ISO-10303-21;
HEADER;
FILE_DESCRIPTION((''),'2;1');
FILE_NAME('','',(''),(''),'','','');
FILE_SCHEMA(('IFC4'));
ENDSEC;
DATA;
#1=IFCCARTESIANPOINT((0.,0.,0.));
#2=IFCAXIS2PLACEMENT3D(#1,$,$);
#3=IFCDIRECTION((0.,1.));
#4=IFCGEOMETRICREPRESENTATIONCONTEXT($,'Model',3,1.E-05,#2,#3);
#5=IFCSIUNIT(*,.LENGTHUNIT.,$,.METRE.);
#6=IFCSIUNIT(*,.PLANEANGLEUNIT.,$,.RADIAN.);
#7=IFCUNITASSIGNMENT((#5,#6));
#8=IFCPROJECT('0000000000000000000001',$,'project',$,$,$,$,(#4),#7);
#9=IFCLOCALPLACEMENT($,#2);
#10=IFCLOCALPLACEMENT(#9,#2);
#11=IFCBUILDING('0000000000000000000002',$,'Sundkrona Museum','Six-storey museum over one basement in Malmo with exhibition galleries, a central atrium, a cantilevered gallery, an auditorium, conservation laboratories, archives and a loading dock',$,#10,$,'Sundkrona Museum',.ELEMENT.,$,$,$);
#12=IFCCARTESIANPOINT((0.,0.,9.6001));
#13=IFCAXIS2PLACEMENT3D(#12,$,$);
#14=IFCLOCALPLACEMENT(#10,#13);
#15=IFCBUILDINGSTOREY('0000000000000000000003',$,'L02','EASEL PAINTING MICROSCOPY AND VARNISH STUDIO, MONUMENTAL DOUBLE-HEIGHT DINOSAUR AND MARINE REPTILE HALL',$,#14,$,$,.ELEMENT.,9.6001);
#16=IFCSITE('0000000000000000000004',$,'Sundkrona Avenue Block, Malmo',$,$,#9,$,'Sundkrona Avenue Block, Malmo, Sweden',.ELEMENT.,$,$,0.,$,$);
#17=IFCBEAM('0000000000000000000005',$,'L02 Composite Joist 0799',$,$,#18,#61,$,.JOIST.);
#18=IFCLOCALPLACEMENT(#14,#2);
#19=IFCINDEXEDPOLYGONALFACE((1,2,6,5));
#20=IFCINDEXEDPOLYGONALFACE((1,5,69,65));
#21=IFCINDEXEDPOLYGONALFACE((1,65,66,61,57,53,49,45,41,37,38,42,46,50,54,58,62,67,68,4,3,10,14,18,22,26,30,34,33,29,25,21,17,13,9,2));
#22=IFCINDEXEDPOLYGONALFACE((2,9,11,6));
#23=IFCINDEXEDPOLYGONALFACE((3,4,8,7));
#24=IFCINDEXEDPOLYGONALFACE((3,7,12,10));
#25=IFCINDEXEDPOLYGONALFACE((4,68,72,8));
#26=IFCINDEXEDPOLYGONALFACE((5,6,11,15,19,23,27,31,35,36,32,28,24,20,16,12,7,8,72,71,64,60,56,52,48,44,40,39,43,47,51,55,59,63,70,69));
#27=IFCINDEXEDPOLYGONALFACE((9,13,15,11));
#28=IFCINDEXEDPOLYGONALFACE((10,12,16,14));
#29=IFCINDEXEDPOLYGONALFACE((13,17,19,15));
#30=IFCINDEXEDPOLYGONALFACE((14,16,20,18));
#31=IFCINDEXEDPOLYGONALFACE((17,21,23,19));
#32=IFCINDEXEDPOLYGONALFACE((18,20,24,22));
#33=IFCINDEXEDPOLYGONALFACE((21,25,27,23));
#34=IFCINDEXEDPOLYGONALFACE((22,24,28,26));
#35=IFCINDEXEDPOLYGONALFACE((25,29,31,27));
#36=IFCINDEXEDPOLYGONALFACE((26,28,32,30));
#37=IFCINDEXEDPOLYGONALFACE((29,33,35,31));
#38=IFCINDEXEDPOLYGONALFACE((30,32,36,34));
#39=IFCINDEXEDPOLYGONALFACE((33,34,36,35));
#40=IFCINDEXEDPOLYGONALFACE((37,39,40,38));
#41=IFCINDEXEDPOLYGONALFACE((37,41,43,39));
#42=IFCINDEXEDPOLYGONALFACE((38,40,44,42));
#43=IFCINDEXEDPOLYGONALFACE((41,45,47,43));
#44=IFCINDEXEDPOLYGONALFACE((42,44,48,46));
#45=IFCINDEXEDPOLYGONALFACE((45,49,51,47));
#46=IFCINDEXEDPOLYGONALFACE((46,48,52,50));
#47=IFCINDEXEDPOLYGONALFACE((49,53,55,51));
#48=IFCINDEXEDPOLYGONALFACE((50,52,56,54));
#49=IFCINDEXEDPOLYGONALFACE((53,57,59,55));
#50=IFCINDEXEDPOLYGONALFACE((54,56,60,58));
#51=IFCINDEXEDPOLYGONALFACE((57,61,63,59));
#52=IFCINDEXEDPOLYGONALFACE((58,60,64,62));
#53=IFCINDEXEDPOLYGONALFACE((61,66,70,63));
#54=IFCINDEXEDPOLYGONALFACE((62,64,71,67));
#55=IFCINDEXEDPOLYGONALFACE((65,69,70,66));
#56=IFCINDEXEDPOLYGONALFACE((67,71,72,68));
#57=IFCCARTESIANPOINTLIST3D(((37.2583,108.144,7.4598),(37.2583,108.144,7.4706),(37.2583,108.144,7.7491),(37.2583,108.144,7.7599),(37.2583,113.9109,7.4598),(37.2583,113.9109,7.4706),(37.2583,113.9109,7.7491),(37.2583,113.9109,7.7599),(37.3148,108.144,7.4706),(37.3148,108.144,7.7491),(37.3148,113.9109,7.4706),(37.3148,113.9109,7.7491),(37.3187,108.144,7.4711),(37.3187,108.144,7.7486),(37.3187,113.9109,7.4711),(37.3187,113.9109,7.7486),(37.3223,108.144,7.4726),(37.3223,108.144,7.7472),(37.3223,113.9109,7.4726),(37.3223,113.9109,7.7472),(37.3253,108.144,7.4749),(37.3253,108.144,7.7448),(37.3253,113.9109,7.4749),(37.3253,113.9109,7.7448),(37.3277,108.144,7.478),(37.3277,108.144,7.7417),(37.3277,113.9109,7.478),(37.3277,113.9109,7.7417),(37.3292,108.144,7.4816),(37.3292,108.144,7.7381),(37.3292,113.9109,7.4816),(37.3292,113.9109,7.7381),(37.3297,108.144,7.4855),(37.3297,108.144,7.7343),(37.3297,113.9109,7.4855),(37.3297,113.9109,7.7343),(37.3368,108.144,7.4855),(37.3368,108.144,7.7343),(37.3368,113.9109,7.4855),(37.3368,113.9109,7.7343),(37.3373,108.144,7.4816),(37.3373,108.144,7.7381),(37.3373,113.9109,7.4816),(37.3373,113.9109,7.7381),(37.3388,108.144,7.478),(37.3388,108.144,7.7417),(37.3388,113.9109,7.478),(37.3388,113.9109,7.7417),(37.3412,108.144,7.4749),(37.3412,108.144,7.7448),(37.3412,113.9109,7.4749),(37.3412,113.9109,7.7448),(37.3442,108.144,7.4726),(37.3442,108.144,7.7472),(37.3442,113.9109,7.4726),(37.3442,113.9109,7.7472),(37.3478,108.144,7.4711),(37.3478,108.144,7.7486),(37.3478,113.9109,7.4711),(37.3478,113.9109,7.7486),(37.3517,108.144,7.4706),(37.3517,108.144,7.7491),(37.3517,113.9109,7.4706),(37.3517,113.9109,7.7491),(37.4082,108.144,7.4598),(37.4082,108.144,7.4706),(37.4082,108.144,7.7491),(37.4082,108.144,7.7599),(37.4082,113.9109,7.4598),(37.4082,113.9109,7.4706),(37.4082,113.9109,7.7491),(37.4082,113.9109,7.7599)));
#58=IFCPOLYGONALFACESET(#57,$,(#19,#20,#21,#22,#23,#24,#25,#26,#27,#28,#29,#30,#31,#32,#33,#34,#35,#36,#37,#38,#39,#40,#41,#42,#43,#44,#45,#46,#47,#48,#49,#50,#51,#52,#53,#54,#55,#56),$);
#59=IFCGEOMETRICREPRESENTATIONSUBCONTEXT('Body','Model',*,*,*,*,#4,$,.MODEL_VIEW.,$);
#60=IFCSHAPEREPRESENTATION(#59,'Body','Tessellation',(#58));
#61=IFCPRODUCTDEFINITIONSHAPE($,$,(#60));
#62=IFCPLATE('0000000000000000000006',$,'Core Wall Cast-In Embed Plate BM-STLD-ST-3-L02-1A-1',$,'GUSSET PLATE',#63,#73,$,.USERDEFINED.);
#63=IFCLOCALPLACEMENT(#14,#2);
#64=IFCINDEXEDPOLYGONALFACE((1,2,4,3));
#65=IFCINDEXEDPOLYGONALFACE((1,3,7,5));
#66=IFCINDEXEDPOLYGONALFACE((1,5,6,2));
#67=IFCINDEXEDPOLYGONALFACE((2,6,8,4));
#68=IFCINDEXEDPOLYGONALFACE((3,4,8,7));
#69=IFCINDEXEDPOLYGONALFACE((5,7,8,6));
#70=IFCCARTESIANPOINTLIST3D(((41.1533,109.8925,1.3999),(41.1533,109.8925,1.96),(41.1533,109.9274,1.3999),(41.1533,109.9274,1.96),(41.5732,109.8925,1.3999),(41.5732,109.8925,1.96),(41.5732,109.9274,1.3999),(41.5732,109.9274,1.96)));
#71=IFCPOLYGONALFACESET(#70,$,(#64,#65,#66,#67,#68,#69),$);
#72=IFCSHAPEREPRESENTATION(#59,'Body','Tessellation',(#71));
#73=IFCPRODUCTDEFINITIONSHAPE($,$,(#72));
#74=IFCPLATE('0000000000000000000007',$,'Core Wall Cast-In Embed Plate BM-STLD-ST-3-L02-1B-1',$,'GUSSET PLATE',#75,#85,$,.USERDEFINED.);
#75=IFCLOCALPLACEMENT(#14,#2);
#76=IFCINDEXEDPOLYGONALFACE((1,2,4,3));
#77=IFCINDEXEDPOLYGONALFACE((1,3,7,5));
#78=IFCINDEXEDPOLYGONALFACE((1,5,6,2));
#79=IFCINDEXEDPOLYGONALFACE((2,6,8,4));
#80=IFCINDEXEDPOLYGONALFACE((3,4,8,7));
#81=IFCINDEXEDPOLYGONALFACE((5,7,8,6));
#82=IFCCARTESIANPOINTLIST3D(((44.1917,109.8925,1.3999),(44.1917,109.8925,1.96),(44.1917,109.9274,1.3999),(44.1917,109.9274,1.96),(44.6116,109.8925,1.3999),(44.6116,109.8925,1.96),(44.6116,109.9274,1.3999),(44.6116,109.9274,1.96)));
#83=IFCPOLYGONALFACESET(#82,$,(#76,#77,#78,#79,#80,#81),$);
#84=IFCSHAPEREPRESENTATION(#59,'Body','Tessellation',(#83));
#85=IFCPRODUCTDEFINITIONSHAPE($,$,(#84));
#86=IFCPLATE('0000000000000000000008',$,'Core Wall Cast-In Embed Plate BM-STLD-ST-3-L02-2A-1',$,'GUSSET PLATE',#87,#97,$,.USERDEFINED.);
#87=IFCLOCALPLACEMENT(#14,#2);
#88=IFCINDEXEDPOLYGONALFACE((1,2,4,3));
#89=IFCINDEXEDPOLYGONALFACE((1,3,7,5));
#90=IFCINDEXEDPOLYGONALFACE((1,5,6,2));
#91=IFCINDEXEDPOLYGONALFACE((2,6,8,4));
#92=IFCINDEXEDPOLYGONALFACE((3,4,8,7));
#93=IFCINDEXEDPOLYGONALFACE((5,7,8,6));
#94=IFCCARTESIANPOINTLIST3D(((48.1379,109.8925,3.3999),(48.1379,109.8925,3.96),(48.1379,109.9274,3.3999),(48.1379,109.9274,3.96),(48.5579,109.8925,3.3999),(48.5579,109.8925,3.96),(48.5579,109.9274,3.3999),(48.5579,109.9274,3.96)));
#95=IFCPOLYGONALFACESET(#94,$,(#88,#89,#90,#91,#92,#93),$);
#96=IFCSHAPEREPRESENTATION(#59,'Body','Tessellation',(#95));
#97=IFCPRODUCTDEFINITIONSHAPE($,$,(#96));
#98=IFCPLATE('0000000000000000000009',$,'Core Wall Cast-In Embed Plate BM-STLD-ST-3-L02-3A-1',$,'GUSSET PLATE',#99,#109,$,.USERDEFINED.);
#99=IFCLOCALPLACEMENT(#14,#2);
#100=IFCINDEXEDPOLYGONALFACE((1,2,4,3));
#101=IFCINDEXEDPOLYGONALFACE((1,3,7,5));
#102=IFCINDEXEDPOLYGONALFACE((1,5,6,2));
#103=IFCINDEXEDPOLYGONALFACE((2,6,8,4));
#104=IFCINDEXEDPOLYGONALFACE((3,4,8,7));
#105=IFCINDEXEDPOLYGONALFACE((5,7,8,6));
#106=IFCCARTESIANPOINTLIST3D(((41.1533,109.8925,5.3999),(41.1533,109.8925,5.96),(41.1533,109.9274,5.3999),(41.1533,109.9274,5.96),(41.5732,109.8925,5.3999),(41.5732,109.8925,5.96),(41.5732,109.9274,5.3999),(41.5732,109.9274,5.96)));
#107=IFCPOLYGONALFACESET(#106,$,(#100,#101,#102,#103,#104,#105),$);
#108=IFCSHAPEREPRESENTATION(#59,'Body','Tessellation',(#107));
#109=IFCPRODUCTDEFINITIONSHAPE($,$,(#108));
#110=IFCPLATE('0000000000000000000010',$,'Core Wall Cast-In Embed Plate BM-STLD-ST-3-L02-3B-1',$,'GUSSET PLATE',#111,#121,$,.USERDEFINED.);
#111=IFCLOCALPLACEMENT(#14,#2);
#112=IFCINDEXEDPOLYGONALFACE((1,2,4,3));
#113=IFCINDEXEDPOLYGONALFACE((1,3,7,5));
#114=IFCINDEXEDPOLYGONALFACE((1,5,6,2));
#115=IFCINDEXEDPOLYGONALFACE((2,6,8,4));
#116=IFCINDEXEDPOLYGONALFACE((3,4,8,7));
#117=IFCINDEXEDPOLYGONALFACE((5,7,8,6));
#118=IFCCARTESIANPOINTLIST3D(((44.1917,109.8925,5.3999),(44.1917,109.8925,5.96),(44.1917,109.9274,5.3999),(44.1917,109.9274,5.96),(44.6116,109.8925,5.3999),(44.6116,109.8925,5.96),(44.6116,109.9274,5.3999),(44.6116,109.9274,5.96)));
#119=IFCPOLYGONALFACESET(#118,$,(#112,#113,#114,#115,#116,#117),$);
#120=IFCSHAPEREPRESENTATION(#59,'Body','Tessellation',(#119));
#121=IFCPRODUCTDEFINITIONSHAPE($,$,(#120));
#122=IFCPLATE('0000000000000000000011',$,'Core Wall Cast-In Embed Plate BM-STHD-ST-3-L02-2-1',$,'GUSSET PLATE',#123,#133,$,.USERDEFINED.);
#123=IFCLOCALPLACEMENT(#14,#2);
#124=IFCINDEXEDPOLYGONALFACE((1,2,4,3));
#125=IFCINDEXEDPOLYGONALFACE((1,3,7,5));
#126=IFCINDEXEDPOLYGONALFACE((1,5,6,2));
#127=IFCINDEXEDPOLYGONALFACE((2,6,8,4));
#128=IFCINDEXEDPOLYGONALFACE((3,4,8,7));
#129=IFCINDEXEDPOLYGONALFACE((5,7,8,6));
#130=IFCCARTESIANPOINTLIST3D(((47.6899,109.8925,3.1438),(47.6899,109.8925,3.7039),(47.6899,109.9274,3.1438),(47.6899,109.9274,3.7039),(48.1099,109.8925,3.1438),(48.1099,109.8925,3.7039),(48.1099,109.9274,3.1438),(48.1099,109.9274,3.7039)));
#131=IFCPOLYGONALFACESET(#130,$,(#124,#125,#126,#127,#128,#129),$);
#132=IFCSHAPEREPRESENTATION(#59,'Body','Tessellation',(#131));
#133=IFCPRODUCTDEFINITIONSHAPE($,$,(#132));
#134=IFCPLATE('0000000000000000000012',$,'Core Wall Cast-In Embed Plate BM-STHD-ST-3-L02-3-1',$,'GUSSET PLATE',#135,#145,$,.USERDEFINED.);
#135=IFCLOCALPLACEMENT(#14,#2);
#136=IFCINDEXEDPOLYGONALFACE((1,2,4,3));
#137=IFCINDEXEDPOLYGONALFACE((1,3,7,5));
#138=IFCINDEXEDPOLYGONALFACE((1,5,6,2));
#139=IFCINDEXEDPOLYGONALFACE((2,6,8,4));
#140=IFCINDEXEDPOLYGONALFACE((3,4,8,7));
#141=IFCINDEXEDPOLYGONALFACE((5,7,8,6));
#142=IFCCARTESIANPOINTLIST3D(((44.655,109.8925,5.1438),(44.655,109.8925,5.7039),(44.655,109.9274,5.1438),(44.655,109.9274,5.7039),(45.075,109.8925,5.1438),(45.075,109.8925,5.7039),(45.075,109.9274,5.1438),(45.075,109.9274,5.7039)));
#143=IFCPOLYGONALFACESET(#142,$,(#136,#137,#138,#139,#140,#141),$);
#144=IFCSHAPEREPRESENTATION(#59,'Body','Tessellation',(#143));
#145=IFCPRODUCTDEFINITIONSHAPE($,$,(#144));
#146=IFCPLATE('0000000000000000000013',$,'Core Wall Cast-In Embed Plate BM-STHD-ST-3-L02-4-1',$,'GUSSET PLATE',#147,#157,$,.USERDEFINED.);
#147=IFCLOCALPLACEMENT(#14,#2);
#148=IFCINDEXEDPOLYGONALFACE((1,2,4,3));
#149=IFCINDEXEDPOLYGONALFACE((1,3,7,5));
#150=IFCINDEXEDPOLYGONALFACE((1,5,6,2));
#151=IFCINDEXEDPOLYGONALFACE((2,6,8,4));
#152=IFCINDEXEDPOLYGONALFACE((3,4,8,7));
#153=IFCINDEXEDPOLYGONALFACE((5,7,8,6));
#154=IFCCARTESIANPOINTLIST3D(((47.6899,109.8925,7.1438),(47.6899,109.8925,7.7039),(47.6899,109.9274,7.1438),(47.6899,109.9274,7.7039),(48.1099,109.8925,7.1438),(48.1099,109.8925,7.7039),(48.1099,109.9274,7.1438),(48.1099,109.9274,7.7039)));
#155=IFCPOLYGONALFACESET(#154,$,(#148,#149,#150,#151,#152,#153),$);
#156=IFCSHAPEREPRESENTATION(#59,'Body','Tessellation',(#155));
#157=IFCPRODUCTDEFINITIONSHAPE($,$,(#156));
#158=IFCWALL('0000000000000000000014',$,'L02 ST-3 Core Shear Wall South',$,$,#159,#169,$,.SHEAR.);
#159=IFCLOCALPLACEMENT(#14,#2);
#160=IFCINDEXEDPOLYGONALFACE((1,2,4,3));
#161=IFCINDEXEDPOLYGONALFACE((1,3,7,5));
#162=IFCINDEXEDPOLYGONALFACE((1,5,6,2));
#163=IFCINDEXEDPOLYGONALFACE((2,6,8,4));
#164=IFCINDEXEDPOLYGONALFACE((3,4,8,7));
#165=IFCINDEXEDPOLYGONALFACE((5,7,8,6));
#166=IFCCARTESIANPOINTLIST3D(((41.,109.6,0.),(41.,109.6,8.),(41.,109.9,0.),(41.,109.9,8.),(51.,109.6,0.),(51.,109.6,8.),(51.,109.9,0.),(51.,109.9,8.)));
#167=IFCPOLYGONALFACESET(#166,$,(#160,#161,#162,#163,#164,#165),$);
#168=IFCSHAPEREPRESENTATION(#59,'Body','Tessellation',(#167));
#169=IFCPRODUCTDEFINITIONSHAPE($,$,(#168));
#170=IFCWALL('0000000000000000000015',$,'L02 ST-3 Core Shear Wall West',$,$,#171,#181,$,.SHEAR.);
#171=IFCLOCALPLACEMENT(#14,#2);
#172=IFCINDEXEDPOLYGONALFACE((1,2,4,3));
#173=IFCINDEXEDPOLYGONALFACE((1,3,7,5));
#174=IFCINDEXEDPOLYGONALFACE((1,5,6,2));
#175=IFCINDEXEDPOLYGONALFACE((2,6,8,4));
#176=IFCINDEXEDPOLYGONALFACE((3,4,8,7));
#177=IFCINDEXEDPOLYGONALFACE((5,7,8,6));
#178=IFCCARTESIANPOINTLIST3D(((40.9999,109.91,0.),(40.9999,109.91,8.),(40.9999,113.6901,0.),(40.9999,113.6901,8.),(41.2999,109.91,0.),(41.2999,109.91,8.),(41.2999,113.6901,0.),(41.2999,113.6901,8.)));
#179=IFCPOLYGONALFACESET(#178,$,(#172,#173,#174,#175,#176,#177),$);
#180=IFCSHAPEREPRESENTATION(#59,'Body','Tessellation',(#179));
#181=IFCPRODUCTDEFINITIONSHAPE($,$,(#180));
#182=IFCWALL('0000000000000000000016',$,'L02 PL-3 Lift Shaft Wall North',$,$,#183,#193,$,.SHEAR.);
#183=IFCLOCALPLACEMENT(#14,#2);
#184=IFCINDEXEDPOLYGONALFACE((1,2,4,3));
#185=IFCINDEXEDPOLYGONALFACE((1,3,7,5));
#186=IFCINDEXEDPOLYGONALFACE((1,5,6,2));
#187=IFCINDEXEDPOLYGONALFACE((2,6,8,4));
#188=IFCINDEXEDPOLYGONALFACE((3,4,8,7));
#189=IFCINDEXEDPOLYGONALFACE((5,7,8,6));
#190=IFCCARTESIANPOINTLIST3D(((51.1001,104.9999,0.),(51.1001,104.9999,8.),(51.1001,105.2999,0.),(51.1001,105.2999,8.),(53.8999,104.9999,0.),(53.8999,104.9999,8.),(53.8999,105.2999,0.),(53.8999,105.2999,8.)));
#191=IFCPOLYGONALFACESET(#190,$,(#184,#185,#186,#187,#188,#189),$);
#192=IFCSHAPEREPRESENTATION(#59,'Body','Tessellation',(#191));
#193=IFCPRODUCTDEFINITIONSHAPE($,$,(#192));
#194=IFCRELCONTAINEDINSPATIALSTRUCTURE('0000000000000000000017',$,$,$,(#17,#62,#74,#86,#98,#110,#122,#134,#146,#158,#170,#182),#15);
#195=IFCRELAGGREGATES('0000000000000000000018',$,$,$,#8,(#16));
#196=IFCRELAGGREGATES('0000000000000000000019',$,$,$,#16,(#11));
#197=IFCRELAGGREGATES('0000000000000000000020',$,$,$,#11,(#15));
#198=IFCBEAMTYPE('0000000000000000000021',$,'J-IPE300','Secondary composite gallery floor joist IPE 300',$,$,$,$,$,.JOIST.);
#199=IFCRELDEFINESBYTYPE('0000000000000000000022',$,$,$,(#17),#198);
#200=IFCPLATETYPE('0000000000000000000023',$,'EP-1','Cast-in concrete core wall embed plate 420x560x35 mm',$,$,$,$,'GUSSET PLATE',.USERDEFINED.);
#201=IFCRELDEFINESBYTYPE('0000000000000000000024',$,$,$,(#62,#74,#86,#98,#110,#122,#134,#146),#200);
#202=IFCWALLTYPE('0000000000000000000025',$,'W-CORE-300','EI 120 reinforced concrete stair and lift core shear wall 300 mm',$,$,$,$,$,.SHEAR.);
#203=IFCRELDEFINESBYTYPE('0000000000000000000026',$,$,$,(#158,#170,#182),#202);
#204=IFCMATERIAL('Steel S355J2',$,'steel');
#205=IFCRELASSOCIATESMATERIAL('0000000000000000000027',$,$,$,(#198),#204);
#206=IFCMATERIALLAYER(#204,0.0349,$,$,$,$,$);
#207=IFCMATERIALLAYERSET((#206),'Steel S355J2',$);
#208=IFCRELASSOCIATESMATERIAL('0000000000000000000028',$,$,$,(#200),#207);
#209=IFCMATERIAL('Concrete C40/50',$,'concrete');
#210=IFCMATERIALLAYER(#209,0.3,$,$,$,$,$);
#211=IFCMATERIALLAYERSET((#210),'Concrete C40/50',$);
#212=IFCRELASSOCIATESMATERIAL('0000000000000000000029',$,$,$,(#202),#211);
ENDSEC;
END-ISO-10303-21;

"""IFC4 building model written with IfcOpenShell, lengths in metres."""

from ifc_helpers import new_model, si_unit, direction, frame, frame_2d, origin, origin_2d, place, context, subcontext, project, spatial, rectangle, i_section, extrude, material, layer, layer_set, material_profile, profile_set, type_object, element, save


model = new_model("IFC4")

# Units and contexts
model_context = context("Model", 3, precision=1e-05, world=origin(), true_north=direction((0.0, 1.0)))
body_context = subcontext(model_context, "Body", "Model", "MODEL_VIEW")
ifc_project = project(units=[si_unit("LENGTHUNIT", "METRE"), si_unit("PLANEANGLEUNIT", "RADIAN")], contexts=[model_context])

# Site, building, storey
site_placement = place(None, origin())
site = spatial("IfcSite", under=ifc_project, at=site_placement, Name="Sundkrona Avenue Block, Malmo", LongName="Sundkrona Avenue Block, Malmo, Sweden", CompositionType="ELEMENT", RefElevation=0.0)
building_placement = place(site_placement, origin())
building = spatial("IfcBuilding", under=site, at=building_placement, Name="Sundkrona Museum", Description="Six-storey museum over one basement in Malmo with exhibition galleries, a central atrium, a cantilevered gallery, an auditorium, conservation laboratories, archives and a loading dock", LongName="Sundkrona Museum", CompositionType="ELEMENT")
storey_placement = place(building_placement, frame((0.0, 0.0, 9.6001)))
storey = spatial("IfcBuildingStorey", under=building, at=storey_placement, Name="L02", Description="EASEL PAINTING MICROSCOPY AND VARNISH STUDIO, MONUMENTAL DOUBLE-HEIGHT DINOSAUR AND MARINE REPTILE HALL", CompositionType="ELEMENT", Elevation=9.6001)

# Shared definitions
ifc_material_1 = material(Name="Steel S355J2", Category="steel")

# Beam
ifc_material_profile_1 = material_profile(ifc_material_1, i_section(OverallWidth=0.1499, OverallDepth=0.3, WebThickness=0.0071, FlangeThickness=0.0107, FilletRadius=0.0149, at=origin_2d()), Name="IPE 300")
ifc_profile_set_1 = profile_set([ifc_material_profile_1], Name="Steel S355J2")
beam_type_1 = type_object("IfcBeamType", Name="J-IPE300", Description="Secondary composite gallery floor joist IPE 300", PredefinedType="JOIST", material=ifc_profile_set_1)
beam_1_placement = place(storey_placement, frame((37.3333, 108.144, 7.6099), z_axis=(0.0, 1.0, 0.0), x_axis=(-1.0, 0.0, 0.0)))
element("IfcBeam", 1, at=beam_1_placement, inside=storey, type_object=beam_type_1, Name="L02 Composite Joist 0799", PredefinedType="JOIST", context=body_context, shape_type="SweptSolid", body=[
    extrude(i_section(OverallWidth=0.1499, OverallDepth=0.3, WebThickness=0.0071, FlangeThickness=0.0107, FilletRadius=0.0149, at=origin_2d()), origin(), (0.0, 0.0, 1.0), 5.7668),
])

# Plates
ifc_layer_1 = layer(ifc_material_1, 0.0349)
ifc_layer_set_1 = layer_set([ifc_layer_1], Name="Steel S355J2")
plate_type = type_object("IfcPlateType", Name="EP-1", Description="Cast-in concrete core wall embed plate 420x560x35 mm", ElementType="GUSSET PLATE", PredefinedType="USERDEFINED", material=ifc_layer_set_1)
for number, where, z_axis, x_axis, name in (
    (2, (41.3633, 109.9099, 1.3999), (0.0, 0.0, 1.0), (1.0, 0.0, 0.0), "Core Wall Cast-In Embed Plate BM-STLD-ST-3-L02-1A-1"),
    (3, (44.4016, 109.9099, 1.3999), (0.0, 0.0, 1.0), (1.0, 0.0, 0.0), "Core Wall Cast-In Embed Plate BM-STLD-ST-3-L02-1B-1"),
    (4, (48.3479, 109.9099, 3.3999), (0.0, 0.0, 1.0), (1.0, 0.0, 0.0), "Core Wall Cast-In Embed Plate BM-STLD-ST-3-L02-2A-1"),
    (5, (41.3633, 109.9099, 5.3999), (0.0, 0.0, 1.0), (1.0, 0.0, 0.0), "Core Wall Cast-In Embed Plate BM-STLD-ST-3-L02-3A-1"),
    (6, (44.4016, 109.9099, 5.3999), (0.0, 0.0, 1.0), (1.0, 0.0, 0.0), "Core Wall Cast-In Embed Plate BM-STLD-ST-3-L02-3B-1"),
    (7, (47.8999, 109.9099, 3.1438), (0.0, 0.0, 1.0), (1.0, 0.0, 0.0), "Core Wall Cast-In Embed Plate BM-STHD-ST-3-L02-2-1"),
    (8, (44.865, 109.9099, 5.1438), (0.0, 0.0, 1.0), (1.0, 0.0, 0.0), "Core Wall Cast-In Embed Plate BM-STHD-ST-3-L02-3-1"),
    (9, (47.8999, 109.9099, 7.1438), (0.0, 0.0, 1.0), (1.0, 0.0, 0.0), "Core Wall Cast-In Embed Plate BM-STHD-ST-3-L02-4-1"),
):
    element("IfcPlate", number, at=place(storey_placement, frame(where, z_axis=z_axis, x_axis=x_axis)), inside=storey, type_object=plate_type, Name=name, ObjectType="GUSSET PLATE", PredefinedType="USERDEFINED", context=body_context, shape_type="SweptSolid", body=[
        extrude(rectangle(XDim=0.4199, YDim=0.0349, at=origin_2d()), origin(), (0.0, 0.0, 1.0), 0.5601),
    ])

# Walls
ifc_material_2 = material(Name="Concrete C40/50", Category="concrete")
ifc_layer_2 = layer(ifc_material_2, 0.3)
ifc_layer_set_2 = layer_set([ifc_layer_2], Name="Concrete C40/50")
wall_type = type_object("IfcWallType", Name="W-CORE-300", Description="EI 120 reinforced concrete stair and lift core shear wall 300 mm", PredefinedType="SHEAR", material=ifc_layer_set_2)
wall_1_placement = place(storey_placement, frame((41.0, 109.75, 0.0), z_axis=(0.0, 0.0, 1.0), x_axis=(1.0, 0.0, 0.0)))
element("IfcWall", 10, at=wall_1_placement, inside=storey, type_object=wall_type, Name="L02 ST-3 Core Shear Wall South", PredefinedType="SHEAR", context=body_context, shape_type="SweptSolid", body=[
    extrude(rectangle(XDim=10.0, YDim=0.3, at=frame_2d((5.0, 0.0))), origin(), (0.0, 0.0, 1.0), 8.0),
])
wall_2_placement = place(storey_placement, frame((41.1499, 109.9099, 0.0), z_axis=(0.0, 0.0, 1.0), x_axis=(0.0, 1.0, 0.0)))
element("IfcWall", 11, at=wall_2_placement, inside=storey, type_object=wall_type, Name="L02 ST-3 Core Shear Wall West", PredefinedType="SHEAR", context=body_context, shape_type="SweptSolid", body=[
    extrude(rectangle(XDim=3.78, YDim=0.3, at=frame_2d((1.8901, 0.0))), origin(), (0.0, 0.0, 1.0), 8.0),
])
wall_3_placement = place(storey_placement, frame((51.1001, 105.1499, 0.0), z_axis=(0.0, 0.0, 1.0), x_axis=(1.0, 0.0, 0.0)))
element("IfcWall", 12, at=wall_3_placement, inside=storey, type_object=wall_type, Name="L02 PL-3 Lift Shaft Wall North", PredefinedType="SHEAR", context=body_context, shape_type="SweptSolid", body=[
    extrude(rectangle(XDim=2.7998, YDim=0.3, at=frame_2d((1.3999, 0.0))), origin(), (0.0, 0.0, 1.0), 8.0),
])

save(model, "model.ifc")
